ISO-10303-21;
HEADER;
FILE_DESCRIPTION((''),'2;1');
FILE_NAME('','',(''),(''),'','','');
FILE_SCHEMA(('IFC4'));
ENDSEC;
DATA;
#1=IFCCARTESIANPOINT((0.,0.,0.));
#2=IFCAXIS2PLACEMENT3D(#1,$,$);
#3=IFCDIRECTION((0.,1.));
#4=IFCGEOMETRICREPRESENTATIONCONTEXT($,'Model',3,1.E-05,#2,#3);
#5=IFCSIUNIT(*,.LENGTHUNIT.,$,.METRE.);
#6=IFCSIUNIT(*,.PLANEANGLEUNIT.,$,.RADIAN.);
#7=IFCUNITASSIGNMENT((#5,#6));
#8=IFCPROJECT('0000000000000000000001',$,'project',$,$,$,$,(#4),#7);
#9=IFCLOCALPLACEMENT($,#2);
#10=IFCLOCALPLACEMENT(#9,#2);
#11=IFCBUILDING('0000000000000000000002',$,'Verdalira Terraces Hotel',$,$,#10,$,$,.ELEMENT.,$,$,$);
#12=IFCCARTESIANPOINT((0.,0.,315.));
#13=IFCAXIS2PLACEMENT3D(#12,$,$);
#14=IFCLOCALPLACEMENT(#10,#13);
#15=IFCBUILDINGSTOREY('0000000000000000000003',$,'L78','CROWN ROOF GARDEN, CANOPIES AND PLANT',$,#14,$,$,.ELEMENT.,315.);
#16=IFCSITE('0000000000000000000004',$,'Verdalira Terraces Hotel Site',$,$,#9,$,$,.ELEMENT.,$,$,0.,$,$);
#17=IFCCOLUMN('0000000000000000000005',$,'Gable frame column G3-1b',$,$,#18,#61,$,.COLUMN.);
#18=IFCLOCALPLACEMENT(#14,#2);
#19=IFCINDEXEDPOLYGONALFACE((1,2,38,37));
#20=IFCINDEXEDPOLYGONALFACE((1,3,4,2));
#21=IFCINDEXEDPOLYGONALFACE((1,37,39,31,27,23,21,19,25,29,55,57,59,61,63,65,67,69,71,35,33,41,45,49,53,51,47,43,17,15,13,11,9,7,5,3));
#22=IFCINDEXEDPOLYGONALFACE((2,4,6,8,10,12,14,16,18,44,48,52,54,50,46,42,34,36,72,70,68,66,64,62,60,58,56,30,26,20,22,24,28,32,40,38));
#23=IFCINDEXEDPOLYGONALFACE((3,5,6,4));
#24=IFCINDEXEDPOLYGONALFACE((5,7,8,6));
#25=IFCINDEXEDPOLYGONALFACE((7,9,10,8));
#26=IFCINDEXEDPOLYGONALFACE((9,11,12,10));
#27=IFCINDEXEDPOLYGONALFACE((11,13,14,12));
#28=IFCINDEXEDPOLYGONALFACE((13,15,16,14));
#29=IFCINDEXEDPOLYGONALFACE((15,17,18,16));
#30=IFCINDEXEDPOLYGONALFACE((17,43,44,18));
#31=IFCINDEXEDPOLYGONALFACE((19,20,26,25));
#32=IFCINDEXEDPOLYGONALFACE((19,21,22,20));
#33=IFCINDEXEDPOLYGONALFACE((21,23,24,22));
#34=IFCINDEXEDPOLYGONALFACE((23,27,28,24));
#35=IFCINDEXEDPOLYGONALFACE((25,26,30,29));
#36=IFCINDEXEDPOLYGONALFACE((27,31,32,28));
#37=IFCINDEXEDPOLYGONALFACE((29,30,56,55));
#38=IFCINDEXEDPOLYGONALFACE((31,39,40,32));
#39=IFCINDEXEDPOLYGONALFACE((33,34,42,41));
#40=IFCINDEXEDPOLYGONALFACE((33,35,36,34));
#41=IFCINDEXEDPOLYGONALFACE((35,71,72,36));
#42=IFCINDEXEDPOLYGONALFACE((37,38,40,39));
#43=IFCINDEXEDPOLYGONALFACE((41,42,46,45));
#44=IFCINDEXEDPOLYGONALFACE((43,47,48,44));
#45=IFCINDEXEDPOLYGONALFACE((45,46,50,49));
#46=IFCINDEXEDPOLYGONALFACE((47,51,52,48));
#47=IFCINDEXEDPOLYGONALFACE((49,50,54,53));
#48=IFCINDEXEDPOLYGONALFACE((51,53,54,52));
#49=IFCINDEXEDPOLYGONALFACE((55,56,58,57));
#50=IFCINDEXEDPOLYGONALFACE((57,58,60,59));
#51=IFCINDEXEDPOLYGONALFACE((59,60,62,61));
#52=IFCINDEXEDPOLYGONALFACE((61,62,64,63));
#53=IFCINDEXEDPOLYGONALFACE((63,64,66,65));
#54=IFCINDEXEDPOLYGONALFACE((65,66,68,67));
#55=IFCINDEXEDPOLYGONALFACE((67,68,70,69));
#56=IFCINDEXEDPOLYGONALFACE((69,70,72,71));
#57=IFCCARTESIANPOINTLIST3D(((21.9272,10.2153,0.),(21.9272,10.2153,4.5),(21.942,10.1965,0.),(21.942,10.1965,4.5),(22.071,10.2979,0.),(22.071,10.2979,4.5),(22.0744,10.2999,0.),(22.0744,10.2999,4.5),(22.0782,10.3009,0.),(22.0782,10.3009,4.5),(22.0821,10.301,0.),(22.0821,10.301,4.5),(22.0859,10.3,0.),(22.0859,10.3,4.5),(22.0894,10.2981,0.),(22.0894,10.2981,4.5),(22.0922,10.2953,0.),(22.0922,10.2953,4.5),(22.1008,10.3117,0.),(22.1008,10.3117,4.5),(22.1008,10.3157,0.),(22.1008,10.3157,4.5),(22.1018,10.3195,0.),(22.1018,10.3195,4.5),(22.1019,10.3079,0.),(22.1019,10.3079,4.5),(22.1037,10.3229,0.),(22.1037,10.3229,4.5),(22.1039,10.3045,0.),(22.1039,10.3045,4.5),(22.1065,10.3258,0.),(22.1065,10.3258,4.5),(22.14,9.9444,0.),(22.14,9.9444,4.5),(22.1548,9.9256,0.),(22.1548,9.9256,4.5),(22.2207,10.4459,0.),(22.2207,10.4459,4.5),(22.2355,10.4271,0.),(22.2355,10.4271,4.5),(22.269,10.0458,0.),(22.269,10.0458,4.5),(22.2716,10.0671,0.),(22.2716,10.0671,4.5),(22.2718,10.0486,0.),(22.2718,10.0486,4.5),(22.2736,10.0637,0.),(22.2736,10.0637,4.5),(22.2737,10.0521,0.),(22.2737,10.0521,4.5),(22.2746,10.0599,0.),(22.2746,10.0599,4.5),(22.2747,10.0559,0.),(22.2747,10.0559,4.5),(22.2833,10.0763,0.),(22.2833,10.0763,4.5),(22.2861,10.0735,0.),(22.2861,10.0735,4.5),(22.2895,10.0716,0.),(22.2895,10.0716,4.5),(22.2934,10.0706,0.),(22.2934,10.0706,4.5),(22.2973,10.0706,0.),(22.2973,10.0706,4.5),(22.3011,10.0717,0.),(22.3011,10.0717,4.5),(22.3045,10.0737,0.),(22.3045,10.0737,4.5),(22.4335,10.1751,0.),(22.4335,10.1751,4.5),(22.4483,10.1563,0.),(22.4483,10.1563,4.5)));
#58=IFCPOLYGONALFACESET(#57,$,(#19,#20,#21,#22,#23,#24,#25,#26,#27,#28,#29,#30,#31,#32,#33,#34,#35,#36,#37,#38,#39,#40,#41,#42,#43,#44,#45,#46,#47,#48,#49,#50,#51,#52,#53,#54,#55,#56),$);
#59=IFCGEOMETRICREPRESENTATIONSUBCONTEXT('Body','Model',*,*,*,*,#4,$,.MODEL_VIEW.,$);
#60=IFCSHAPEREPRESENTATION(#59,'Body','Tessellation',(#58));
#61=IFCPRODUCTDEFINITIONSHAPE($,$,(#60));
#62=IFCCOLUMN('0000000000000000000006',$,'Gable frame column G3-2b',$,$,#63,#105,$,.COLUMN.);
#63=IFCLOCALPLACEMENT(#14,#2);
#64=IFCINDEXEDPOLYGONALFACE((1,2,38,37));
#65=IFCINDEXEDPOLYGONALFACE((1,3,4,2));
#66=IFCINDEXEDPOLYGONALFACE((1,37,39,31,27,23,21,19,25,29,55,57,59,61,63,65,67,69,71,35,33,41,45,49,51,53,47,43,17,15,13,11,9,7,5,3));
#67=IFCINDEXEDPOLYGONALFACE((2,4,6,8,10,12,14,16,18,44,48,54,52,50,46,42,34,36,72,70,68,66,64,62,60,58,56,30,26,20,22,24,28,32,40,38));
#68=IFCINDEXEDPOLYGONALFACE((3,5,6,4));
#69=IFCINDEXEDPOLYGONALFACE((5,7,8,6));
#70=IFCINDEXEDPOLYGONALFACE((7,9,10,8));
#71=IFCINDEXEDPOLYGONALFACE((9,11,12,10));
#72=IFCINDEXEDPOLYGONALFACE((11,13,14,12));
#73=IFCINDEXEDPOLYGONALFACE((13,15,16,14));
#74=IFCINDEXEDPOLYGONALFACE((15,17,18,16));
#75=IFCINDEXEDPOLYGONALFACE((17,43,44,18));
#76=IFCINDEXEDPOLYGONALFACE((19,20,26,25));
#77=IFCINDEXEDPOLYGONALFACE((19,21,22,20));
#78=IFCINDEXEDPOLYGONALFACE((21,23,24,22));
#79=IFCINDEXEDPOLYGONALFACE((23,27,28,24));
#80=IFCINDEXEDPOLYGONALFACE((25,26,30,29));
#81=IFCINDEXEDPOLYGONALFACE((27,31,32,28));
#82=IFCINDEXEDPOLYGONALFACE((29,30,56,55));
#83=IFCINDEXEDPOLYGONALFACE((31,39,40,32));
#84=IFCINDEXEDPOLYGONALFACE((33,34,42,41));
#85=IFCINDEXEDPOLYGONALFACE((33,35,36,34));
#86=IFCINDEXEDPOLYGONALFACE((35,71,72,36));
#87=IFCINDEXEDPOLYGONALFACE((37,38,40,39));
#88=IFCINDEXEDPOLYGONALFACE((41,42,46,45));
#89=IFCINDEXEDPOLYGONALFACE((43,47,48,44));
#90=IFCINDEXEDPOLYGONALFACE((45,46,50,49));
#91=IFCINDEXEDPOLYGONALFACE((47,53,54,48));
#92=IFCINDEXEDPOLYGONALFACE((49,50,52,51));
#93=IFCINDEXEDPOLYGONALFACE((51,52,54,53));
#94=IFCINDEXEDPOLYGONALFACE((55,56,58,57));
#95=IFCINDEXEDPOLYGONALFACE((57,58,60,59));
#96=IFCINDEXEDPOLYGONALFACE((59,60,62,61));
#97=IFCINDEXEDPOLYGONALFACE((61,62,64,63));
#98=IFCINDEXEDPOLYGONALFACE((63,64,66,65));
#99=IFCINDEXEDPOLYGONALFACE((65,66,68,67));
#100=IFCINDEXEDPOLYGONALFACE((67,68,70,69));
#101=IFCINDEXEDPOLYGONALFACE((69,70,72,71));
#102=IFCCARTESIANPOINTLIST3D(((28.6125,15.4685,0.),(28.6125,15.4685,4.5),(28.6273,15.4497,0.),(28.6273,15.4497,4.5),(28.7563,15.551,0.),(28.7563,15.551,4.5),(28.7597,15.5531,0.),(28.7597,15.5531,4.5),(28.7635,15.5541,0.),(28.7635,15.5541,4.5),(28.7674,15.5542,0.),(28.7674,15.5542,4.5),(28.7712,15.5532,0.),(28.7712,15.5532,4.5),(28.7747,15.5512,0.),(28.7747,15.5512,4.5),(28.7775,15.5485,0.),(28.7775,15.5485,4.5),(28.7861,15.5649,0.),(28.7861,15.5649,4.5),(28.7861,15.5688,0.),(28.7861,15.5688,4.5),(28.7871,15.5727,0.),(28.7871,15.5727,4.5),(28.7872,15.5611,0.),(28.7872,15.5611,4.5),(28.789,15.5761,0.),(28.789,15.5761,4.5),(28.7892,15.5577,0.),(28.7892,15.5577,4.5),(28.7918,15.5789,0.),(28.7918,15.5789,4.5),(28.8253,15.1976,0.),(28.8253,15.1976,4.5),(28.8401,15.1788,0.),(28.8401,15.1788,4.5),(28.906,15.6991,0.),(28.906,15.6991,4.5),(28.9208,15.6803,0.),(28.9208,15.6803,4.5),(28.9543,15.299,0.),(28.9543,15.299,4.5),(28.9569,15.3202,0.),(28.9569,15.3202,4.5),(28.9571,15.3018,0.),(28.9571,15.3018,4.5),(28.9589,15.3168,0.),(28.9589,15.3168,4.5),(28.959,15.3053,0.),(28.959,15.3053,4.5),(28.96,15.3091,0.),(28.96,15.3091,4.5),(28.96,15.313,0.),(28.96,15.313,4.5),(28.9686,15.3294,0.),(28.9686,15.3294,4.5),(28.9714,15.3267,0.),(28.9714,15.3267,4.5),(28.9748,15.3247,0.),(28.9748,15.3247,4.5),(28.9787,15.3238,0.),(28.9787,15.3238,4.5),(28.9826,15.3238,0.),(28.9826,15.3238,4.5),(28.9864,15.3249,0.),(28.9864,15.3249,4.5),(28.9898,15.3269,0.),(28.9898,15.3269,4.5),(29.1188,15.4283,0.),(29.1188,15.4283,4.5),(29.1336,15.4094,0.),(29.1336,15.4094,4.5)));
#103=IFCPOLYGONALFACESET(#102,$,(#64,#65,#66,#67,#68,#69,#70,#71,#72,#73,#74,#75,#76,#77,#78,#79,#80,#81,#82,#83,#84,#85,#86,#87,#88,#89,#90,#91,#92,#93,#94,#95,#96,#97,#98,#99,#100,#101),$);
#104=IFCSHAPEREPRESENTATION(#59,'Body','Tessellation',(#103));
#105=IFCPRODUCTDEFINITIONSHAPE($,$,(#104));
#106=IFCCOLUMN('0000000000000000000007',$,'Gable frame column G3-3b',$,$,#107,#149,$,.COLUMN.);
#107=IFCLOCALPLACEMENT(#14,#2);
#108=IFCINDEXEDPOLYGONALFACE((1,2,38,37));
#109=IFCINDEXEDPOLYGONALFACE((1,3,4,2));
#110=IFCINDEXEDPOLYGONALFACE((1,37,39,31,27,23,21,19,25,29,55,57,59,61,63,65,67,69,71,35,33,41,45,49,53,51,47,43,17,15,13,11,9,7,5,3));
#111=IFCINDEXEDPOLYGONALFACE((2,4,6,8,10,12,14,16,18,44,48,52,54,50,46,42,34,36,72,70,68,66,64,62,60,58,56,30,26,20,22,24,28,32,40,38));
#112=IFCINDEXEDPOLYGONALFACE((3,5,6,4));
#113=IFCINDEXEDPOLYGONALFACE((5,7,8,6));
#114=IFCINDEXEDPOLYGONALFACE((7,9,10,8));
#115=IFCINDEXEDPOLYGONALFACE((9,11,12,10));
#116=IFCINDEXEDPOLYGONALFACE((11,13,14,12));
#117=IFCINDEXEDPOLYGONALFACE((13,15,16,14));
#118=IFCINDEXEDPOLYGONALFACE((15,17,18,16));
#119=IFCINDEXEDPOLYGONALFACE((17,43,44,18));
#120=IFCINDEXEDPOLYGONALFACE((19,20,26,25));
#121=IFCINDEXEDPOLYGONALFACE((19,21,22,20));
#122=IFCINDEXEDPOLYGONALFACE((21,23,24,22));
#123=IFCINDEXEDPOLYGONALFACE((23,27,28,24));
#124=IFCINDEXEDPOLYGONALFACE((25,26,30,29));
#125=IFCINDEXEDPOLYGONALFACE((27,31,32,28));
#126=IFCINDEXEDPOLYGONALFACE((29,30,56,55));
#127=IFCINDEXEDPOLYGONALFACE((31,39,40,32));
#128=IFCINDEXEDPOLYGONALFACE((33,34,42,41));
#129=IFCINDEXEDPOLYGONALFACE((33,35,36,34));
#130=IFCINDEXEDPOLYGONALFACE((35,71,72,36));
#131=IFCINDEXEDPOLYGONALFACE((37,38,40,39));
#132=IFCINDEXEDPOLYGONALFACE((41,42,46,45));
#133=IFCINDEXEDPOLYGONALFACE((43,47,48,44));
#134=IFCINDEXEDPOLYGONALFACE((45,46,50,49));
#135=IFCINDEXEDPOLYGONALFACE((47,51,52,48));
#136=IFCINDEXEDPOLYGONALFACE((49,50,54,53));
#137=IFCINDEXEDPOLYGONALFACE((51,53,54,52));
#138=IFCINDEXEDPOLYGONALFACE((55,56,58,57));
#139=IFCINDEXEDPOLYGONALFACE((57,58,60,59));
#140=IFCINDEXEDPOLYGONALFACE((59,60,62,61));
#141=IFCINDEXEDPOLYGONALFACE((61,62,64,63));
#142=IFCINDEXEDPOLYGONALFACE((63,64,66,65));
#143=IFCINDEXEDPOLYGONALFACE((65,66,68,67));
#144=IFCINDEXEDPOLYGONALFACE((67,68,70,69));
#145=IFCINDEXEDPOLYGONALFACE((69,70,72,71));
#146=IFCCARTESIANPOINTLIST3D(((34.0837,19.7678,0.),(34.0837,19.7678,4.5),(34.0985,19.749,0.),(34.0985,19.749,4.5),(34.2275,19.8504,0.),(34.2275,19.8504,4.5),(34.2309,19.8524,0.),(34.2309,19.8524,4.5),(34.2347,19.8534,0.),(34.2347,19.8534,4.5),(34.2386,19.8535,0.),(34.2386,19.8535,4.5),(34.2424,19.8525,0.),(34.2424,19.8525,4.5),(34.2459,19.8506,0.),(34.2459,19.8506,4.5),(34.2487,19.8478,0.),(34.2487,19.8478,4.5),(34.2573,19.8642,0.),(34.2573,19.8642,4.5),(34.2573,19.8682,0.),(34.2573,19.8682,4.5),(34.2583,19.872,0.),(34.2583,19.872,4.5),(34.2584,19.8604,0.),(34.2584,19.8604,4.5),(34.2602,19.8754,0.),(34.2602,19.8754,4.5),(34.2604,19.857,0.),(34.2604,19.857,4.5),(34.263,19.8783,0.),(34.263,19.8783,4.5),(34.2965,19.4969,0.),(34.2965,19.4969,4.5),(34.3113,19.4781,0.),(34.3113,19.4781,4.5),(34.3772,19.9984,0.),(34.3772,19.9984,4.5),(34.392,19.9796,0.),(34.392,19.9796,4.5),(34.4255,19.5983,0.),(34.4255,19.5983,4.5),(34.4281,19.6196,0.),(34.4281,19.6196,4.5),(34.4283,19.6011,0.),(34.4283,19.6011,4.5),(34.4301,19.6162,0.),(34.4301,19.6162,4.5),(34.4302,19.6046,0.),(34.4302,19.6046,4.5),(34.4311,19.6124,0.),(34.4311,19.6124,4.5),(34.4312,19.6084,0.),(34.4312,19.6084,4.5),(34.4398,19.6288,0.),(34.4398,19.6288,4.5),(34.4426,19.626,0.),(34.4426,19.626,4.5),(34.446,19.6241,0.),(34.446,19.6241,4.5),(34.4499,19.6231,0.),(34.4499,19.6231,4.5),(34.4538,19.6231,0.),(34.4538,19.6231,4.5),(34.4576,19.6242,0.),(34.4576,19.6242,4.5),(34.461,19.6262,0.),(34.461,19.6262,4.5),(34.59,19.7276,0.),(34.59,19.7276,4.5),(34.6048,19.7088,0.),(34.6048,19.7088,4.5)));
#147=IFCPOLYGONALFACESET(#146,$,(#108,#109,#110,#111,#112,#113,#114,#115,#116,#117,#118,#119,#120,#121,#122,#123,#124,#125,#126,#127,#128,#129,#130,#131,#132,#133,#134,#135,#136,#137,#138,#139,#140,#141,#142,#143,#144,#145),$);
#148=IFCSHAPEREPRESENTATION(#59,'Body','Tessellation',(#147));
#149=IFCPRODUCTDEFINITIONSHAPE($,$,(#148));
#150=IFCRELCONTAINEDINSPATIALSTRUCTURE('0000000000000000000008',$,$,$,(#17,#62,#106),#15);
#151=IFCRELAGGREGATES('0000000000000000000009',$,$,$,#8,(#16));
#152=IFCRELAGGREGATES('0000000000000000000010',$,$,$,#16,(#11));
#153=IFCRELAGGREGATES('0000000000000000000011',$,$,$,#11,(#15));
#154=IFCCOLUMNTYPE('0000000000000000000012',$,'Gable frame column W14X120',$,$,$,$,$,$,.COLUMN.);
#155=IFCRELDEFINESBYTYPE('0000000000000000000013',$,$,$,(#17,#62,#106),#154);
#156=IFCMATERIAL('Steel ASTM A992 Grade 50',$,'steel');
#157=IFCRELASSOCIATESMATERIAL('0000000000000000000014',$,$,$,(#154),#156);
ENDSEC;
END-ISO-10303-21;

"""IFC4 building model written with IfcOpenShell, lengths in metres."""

from ifc_helpers import new_model, si_unit, direction, frame, origin, origin_2d, place, context, subcontext, project, spatial, i_section, extrude, material, material_profile, profile_set, type_object, element, save


model = new_model("IFC4")

# Units and contexts
model_context = context("Model", 3, precision=1e-05, world=origin(), true_north=direction((0.0, 1.0)))
body_context = subcontext(model_context, "Body", "Model", "MODEL_VIEW")
ifc_project = project(units=[si_unit("LENGTHUNIT", "METRE"), si_unit("PLANEANGLEUNIT", "RADIAN")], contexts=[model_context])

# Site, building, storey
site_placement = place(None, origin())
site = spatial("IfcSite", under=ifc_project, at=site_placement, Name="Verdalira Terraces Hotel Site", CompositionType="ELEMENT", RefElevation=0.0)
building_placement = place(site_placement, origin())
building = spatial("IfcBuilding", under=site, at=building_placement, Name="Verdalira Terraces Hotel", CompositionType="ELEMENT")
storey_placement = place(building_placement, frame((0.0, 0.0, 315.0)))
storey = spatial("IfcBuildingStorey", under=building, at=storey_placement, Name="L78", Description="CROWN ROOF GARDEN, CANOPIES AND PLANT", CompositionType="ELEMENT", Elevation=315.0)

# Columns
ifc_material_1 = material(Name="Steel ASTM A992 Grade 50", Category="steel")
ifc_material_profile_1 = material_profile(ifc_material_1, i_section(OverallWidth=0.3733, OverallDepth=0.3684, WebThickness=0.0149, FlangeThickness=0.0239, FilletRadius=0.0151, at=origin_2d()), Name="W14X120")
ifc_profile_set_1 = profile_set([ifc_material_profile_1], Name="Steel ASTM A992 Grade 50")
column_type = type_object("IfcColumnType", Name="Gable frame column W14X120", PredefinedType="COLUMN", material=ifc_profile_set_1)
for number, where, z_axis, x_axis, name in (
    (1, (22.1877, 10.1858, 0.0), (0.0, 0.0, 1.0), (0.786288, 0.61786, 0.0), "Gable frame column G3-1b"),
    (2, (28.873, 15.439, 0.0), (0.0, 0.0, 1.0), (0.786288, 0.61786, 0.0), "Gable frame column G3-2b"),
    (3, (34.3442, 19.7383, 0.0), (0.0, 0.0, 1.0), (0.786288, 0.61786, 0.0), "Gable frame column G3-3b"),
):
    element("IfcColumn", number, at=place(storey_placement, frame(where, z_axis=z_axis, x_axis=x_axis)), inside=storey, type_object=column_type, Name=name, PredefinedType="COLUMN", context=body_context, shape_type="SweptSolid", body=[
        extrude(i_section(OverallWidth=0.3733, OverallDepth=0.3684, WebThickness=0.0149, FlangeThickness=0.0239, FilletRadius=0.0151, at=origin_2d()), origin(), (0.0, 0.0, 1.0), 4.5),
    ])

save(model, "model.ifc")
